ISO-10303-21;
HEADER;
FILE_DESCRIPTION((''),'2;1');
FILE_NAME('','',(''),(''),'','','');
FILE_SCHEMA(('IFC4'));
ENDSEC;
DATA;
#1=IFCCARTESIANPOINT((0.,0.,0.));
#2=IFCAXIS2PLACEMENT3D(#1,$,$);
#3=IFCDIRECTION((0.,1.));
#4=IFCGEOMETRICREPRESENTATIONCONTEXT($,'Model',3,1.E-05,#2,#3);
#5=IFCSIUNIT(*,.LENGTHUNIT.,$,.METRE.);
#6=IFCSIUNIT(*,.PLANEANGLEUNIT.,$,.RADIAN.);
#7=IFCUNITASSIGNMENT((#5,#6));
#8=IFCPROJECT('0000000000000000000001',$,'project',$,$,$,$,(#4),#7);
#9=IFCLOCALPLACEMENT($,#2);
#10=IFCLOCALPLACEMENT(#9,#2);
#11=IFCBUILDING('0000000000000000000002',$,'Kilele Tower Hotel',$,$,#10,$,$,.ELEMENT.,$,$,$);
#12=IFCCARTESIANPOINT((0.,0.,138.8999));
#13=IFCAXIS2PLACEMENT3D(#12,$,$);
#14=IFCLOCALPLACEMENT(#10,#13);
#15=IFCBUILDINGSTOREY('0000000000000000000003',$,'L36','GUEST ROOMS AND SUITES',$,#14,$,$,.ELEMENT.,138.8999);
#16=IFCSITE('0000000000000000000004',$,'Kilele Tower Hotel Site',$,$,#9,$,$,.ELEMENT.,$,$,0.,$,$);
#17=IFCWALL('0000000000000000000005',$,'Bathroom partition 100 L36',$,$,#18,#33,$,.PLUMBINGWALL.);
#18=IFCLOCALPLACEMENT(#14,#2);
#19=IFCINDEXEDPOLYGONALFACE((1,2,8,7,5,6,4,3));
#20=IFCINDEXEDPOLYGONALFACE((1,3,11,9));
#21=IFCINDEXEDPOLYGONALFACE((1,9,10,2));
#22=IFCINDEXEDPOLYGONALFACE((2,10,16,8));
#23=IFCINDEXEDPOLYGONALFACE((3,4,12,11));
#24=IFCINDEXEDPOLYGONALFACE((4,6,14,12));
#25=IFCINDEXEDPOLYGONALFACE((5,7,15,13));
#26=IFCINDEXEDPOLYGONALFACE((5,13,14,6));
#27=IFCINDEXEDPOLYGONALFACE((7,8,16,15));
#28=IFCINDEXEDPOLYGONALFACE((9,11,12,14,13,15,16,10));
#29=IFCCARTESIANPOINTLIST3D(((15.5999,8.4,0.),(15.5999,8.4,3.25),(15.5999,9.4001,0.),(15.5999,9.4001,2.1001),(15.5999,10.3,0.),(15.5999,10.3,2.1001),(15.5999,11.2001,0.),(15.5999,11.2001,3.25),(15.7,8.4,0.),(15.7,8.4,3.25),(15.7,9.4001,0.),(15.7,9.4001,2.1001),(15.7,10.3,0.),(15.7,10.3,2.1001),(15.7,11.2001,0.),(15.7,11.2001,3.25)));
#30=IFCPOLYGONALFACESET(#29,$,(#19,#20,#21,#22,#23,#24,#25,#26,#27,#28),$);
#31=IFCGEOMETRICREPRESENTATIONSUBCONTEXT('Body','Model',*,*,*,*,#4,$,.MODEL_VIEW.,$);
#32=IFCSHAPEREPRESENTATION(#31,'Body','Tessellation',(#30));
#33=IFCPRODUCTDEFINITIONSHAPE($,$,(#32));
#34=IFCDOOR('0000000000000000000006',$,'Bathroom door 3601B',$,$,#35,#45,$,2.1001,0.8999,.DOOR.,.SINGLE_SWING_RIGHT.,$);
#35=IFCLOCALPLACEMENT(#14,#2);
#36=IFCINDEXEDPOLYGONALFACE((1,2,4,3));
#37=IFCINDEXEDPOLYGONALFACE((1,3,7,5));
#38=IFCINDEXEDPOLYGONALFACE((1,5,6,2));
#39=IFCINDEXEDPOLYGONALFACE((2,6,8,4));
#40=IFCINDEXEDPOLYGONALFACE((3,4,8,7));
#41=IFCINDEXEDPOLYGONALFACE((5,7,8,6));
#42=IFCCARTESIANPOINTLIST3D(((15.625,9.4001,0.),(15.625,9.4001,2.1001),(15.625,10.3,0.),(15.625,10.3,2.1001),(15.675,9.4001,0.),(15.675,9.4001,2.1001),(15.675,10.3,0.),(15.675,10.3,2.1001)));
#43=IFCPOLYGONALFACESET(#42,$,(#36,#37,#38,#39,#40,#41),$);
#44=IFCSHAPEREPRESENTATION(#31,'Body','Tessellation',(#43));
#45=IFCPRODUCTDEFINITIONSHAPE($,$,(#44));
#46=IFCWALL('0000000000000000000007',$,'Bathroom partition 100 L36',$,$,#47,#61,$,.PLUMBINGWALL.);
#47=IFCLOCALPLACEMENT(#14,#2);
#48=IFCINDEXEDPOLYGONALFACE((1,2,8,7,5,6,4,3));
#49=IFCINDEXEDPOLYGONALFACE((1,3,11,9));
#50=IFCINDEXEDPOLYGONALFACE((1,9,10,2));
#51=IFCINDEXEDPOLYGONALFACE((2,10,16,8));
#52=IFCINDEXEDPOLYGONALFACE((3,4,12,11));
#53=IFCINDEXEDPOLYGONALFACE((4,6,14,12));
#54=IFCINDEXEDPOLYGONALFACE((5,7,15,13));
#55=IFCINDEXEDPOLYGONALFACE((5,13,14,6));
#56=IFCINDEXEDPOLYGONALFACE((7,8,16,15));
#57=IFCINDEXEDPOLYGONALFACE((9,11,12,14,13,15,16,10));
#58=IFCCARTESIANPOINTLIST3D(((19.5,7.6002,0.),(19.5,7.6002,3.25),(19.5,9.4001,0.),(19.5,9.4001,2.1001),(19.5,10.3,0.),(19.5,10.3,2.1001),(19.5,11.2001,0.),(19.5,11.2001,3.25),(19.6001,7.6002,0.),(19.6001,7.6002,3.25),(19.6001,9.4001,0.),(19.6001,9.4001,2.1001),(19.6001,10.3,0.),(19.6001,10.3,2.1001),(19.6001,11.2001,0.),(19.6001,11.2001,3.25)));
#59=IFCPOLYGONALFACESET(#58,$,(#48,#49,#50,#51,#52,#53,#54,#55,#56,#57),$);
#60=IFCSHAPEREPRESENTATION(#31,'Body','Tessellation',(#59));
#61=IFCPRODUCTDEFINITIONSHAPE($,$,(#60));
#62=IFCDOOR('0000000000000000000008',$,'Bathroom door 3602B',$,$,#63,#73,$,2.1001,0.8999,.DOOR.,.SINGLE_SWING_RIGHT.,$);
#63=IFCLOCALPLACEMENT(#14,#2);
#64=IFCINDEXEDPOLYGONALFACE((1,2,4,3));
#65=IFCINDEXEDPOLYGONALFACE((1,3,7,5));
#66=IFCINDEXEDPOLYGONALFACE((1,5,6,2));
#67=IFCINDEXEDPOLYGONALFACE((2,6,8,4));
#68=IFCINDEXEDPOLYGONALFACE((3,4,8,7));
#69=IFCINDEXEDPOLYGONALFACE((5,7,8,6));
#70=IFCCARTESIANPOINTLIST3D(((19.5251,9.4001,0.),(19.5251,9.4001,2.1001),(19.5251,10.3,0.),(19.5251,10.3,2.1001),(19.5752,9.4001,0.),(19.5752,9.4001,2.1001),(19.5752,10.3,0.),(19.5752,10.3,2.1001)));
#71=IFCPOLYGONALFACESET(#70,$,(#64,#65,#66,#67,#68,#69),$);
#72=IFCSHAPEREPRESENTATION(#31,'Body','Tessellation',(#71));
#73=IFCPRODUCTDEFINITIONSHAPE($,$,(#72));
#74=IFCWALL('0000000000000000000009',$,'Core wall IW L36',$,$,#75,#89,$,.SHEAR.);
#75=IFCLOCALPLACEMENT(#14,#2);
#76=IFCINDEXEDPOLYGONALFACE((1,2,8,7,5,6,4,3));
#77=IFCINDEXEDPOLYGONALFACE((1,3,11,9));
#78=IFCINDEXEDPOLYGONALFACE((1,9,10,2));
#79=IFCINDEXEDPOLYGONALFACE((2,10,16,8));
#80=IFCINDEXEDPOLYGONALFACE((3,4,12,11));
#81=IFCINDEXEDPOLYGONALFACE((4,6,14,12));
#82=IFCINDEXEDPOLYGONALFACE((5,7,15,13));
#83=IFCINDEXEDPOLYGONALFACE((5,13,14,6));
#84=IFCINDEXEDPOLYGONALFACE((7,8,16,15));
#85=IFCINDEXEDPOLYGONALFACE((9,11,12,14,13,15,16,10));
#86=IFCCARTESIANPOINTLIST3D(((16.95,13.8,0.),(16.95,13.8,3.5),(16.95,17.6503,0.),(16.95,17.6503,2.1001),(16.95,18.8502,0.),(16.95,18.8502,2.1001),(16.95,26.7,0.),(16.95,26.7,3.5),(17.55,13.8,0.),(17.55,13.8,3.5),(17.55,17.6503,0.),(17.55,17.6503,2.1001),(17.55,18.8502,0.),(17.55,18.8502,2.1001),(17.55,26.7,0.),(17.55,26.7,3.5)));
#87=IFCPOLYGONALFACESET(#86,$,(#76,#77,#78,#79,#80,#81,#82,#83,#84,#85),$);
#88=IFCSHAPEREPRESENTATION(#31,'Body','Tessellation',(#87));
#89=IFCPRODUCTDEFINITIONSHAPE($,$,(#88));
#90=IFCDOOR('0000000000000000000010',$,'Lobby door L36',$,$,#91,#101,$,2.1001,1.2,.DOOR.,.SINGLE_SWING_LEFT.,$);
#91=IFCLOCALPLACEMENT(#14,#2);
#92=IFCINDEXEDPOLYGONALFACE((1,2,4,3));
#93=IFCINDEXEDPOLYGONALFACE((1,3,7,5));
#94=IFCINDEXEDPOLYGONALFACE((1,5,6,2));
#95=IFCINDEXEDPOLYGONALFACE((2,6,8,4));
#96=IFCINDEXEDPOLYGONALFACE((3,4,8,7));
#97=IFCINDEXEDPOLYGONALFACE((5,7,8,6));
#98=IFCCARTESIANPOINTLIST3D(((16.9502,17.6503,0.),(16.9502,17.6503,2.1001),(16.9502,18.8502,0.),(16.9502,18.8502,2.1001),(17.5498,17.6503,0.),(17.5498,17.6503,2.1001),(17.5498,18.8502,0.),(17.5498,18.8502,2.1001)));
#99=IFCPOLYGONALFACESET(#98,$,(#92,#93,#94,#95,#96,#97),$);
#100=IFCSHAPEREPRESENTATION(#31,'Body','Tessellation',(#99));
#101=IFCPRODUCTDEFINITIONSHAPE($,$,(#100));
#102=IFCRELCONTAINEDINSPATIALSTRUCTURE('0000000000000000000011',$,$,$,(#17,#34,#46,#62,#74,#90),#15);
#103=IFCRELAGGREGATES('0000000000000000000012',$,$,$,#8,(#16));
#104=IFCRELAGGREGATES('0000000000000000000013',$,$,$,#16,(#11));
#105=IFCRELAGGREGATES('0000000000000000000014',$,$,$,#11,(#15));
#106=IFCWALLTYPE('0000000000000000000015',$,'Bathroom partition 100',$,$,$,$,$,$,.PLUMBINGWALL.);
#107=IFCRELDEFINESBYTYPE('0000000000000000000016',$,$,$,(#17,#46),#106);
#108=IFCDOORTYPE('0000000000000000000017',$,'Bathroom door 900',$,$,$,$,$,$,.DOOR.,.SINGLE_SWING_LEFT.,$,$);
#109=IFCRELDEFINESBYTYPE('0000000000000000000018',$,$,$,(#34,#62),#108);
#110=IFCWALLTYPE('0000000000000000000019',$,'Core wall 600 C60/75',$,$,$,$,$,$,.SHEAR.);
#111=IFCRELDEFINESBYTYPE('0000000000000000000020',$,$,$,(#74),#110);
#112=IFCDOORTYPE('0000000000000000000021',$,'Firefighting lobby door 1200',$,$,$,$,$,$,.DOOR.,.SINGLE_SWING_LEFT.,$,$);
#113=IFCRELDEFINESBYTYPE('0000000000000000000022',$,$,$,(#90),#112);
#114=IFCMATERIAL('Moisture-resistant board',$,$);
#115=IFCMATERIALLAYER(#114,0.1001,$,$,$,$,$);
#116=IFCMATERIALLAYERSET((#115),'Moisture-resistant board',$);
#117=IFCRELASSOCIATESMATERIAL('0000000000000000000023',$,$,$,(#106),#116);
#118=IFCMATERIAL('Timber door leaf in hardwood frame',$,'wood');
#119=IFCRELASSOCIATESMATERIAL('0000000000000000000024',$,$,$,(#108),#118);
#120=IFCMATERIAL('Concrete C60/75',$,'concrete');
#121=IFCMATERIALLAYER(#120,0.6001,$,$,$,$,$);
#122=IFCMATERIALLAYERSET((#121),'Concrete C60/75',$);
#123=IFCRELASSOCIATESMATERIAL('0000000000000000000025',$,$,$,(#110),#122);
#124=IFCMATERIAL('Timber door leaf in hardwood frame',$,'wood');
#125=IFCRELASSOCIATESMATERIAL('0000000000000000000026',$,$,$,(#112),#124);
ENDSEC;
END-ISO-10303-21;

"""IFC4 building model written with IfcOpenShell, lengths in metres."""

from ifc_helpers import new_model, si_unit, direction, frame, frame_2d, origin, place, context, subcontext, project, spatial, rectangle, extrude, material, layer, layer_set, type_object, element, fill, save


model = new_model("IFC4")

# Units and contexts
model_context = context("Model", 3, precision=1e-05, world=origin(), true_north=direction((0.0, 1.0)))
body_context = subcontext(model_context, "Body", "Model", "MODEL_VIEW")
ifc_project = project(units=[si_unit("LENGTHUNIT", "METRE"), si_unit("PLANEANGLEUNIT", "RADIAN")], contexts=[model_context])

# Site, building, storey
site_placement = place(None, origin())
site = spatial("IfcSite", under=ifc_project, at=site_placement, Name="Kilele Tower Hotel Site", CompositionType="ELEMENT", RefElevation=0.0)
building_placement = place(site_placement, origin())
building = spatial("IfcBuilding", under=site, at=building_placement, Name="Kilele Tower Hotel", CompositionType="ELEMENT")
storey_placement = place(building_placement, frame((0.0, 0.0, 138.8999)))
storey = spatial("IfcBuildingStorey", under=building, at=storey_placement, Name="L36", Description="GUEST ROOMS AND SUITES", CompositionType="ELEMENT", Elevation=138.8999)

# Walls, openings, doors
ifc_material_1 = material(Name="Moisture-resistant board")
ifc_layer_1 = layer(ifc_material_1, 0.1001)
ifc_layer_set_1 = layer_set([ifc_layer_1], Name="Moisture-resistant board")
wall_type_1 = type_object("IfcWallType", Name="Bathroom partition 100", PredefinedType="PLUMBINGWALL", material=ifc_layer_set_1)
wall_1_placement = place(storey_placement, frame((15.6499, 11.2, 0.0), z_axis=(0.0, 0.0, 1.0), x_axis=(0.0, -1.0, 0.0)))
wall_1 = element("IfcWall", 1, at=wall_1_placement, inside=storey, type_object=wall_type_1, Name="Bathroom partition 100 L36", PredefinedType="PLUMBINGWALL", context=body_context, shape_type="SweptSolid", body=[
    extrude(rectangle(XDim=2.8, YDim=0.1001, at=frame_2d((1.3999, 0.0))), origin(), (0.0, 0.0, 1.0), 3.25),
])
opening_1_placement = place(wall_1_placement, frame((1.7998, 0.0, 0.0), z_axis=(0.0, 0.0, 1.0), x_axis=(-1.0, 0.0, 0.0)))
opening_1 = element("IfcOpeningElement", 2, at=opening_1_placement, cuts=wall_1, PredefinedType="OPENING", context=body_context, shape_type="SweptSolid", body=[
    extrude(rectangle(XDim=0.8999, YDim=2.1001, at=frame_2d((0.45, 1.05))), frame((0.0, 0.0601, 0.0), z_axis=(0.0, -1.0, 0.0), x_axis=(1.0, 0.0, 0.0)), (0.0, 0.0, 1.0), 0.1201),
])
ifc_material_2 = material(Name="Timber door leaf in hardwood frame", Category="wood")
door_type_1 = type_object("IfcDoorType", Name="Bathroom door 900", OperationType="SINGLE_SWING_LEFT", PredefinedType="DOOR", material=ifc_material_2)
door_1_placement = place(opening_1_placement, origin())
door_1 = element("IfcDoor", 3, at=door_1_placement, inside=storey, type_object=door_type_1, Name="Bathroom door 3601B", OperationType="SINGLE_SWING_RIGHT", OverallHeight=2.1001, OverallWidth=0.8999, PredefinedType="DOOR", context=body_context, shape_type="SweptSolid", body=[
    extrude(rectangle(XDim=0.8999, YDim=2.1001, at=frame_2d((0.45, 1.05))), frame((0.0, 0.0249, 0.0), z_axis=(0.0, -1.0, 0.0), x_axis=(1.0, 0.0, 0.0)), (0.0, 0.0, 1.0), 0.05),
])
fill(opening_1, door_1)
wall_2_placement = place(storey_placement, frame((19.55, 11.2, 0.0), z_axis=(0.0, 0.0, 1.0), x_axis=(0.0, -1.0, 0.0)))
wall_2 = element("IfcWall", 4, at=wall_2_placement, inside=storey, type_object=wall_type_1, Name="Bathroom partition 100 L36", PredefinedType="PLUMBINGWALL", context=body_context, shape_type="SweptSolid", body=[
    extrude(rectangle(XDim=3.5999, YDim=0.1001, at=frame_2d((1.7998, 0.0))), origin(), (0.0, 0.0, 1.0), 3.25),
])
opening_2_placement = place(wall_2_placement, frame((1.7998, 0.0, 0.0), z_axis=(0.0, 0.0, 1.0), x_axis=(-1.0, 0.0, 0.0)))
opening_2 = element("IfcOpeningElement", 5, at=opening_2_placement, cuts=wall_2, PredefinedType="OPENING", context=body_context, shape_type="SweptSolid", body=[
    extrude(rectangle(XDim=0.8999, YDim=2.1001, at=frame_2d((0.45, 1.05))), frame((0.0, 0.0601, 0.0), z_axis=(0.0, -1.0, 0.0), x_axis=(1.0, 0.0, 0.0)), (0.0, 0.0, 1.0), 0.1201),
])
door_2_placement = place(opening_2_placement, origin())
door_2 = element("IfcDoor", 6, at=door_2_placement, inside=storey, type_object=door_type_1, Name="Bathroom door 3602B", OperationType="SINGLE_SWING_RIGHT", OverallHeight=2.1001, OverallWidth=0.8999, PredefinedType="DOOR", context=body_context, shape_type="SweptSolid", body=[
    extrude(rectangle(XDim=0.8999, YDim=2.1001, at=frame_2d((0.45, 1.05))), frame((0.0, 0.0249, 0.0), z_axis=(0.0, -1.0, 0.0), x_axis=(1.0, 0.0, 0.0)), (0.0, 0.0, 1.0), 0.05),
])
fill(opening_2, door_2)
ifc_material_3 = material(Name="Concrete C60/75", Category="concrete")
ifc_layer_2 = layer(ifc_material_3, 0.6001)
ifc_layer_set_2 = layer_set([ifc_layer_2], Name="Concrete C60/75")
wall_type_2 = type_object("IfcWallType", Name="Core wall 600 C60/75", PredefinedType="SHEAR", material=ifc_layer_set_2)
wall_3_placement = place(storey_placement, frame((17.25, 13.8, 0.0), z_axis=(0.0, 0.0, 1.0), x_axis=(0.0, 1.0, 0.0)))
wall_3 = element("IfcWall", 7, at=wall_3_placement, inside=storey, type_object=wall_type_2, Name="Core wall IW L36", PredefinedType="SHEAR", context=body_context, shape_type="SweptSolid", body=[
    extrude(rectangle(XDim=12.8999, YDim=0.6001, at=frame_2d((6.45, 0.0))), origin(), (0.0, 0.0, 1.0), 3.5),
])
opening_3_placement = place(wall_3_placement, frame((3.8501, 0.0, 0.0)))
opening_3 = element("IfcOpeningElement", 8, at=opening_3_placement, cuts=wall_3, PredefinedType="OPENING", context=body_context, shape_type="SweptSolid", body=[
    extrude(rectangle(XDim=1.2, YDim=2.1001, at=frame_2d((0.6001, 1.05))), frame((0.0, 0.3101, 0.0), z_axis=(0.0, -1.0, 0.0), x_axis=(1.0, 0.0, 0.0)), (0.0, 0.0, 1.0), 0.6201),
])
ifc_material_4 = material(Name="Timber door leaf in hardwood frame", Category="wood")
door_type_2 = type_object("IfcDoorType", Name="Firefighting lobby door 1200", OperationType="SINGLE_SWING_LEFT", PredefinedType="DOOR", material=ifc_material_4)
door_3_placement = place(opening_3_placement, origin())
door_3 = element("IfcDoor", 9, at=door_3_placement, inside=storey, type_object=door_type_2, Name="Lobby door L36", OperationType="SINGLE_SWING_LEFT", OverallHeight=2.1001, OverallWidth=1.2, PredefinedType="DOOR", context=body_context, shape_type="SweptSolid", body=[
    extrude(rectangle(XDim=1.2, YDim=2.1001, at=frame_2d((0.6001, 1.05))), frame((0.0, 0.2998, 0.0), z_axis=(0.0, -1.0, 0.0), x_axis=(1.0, 0.0, 0.0)), (0.0, 0.0, 1.0), 0.5996),
])
fill(opening_3, door_3)

save(model, "model.ifc")
